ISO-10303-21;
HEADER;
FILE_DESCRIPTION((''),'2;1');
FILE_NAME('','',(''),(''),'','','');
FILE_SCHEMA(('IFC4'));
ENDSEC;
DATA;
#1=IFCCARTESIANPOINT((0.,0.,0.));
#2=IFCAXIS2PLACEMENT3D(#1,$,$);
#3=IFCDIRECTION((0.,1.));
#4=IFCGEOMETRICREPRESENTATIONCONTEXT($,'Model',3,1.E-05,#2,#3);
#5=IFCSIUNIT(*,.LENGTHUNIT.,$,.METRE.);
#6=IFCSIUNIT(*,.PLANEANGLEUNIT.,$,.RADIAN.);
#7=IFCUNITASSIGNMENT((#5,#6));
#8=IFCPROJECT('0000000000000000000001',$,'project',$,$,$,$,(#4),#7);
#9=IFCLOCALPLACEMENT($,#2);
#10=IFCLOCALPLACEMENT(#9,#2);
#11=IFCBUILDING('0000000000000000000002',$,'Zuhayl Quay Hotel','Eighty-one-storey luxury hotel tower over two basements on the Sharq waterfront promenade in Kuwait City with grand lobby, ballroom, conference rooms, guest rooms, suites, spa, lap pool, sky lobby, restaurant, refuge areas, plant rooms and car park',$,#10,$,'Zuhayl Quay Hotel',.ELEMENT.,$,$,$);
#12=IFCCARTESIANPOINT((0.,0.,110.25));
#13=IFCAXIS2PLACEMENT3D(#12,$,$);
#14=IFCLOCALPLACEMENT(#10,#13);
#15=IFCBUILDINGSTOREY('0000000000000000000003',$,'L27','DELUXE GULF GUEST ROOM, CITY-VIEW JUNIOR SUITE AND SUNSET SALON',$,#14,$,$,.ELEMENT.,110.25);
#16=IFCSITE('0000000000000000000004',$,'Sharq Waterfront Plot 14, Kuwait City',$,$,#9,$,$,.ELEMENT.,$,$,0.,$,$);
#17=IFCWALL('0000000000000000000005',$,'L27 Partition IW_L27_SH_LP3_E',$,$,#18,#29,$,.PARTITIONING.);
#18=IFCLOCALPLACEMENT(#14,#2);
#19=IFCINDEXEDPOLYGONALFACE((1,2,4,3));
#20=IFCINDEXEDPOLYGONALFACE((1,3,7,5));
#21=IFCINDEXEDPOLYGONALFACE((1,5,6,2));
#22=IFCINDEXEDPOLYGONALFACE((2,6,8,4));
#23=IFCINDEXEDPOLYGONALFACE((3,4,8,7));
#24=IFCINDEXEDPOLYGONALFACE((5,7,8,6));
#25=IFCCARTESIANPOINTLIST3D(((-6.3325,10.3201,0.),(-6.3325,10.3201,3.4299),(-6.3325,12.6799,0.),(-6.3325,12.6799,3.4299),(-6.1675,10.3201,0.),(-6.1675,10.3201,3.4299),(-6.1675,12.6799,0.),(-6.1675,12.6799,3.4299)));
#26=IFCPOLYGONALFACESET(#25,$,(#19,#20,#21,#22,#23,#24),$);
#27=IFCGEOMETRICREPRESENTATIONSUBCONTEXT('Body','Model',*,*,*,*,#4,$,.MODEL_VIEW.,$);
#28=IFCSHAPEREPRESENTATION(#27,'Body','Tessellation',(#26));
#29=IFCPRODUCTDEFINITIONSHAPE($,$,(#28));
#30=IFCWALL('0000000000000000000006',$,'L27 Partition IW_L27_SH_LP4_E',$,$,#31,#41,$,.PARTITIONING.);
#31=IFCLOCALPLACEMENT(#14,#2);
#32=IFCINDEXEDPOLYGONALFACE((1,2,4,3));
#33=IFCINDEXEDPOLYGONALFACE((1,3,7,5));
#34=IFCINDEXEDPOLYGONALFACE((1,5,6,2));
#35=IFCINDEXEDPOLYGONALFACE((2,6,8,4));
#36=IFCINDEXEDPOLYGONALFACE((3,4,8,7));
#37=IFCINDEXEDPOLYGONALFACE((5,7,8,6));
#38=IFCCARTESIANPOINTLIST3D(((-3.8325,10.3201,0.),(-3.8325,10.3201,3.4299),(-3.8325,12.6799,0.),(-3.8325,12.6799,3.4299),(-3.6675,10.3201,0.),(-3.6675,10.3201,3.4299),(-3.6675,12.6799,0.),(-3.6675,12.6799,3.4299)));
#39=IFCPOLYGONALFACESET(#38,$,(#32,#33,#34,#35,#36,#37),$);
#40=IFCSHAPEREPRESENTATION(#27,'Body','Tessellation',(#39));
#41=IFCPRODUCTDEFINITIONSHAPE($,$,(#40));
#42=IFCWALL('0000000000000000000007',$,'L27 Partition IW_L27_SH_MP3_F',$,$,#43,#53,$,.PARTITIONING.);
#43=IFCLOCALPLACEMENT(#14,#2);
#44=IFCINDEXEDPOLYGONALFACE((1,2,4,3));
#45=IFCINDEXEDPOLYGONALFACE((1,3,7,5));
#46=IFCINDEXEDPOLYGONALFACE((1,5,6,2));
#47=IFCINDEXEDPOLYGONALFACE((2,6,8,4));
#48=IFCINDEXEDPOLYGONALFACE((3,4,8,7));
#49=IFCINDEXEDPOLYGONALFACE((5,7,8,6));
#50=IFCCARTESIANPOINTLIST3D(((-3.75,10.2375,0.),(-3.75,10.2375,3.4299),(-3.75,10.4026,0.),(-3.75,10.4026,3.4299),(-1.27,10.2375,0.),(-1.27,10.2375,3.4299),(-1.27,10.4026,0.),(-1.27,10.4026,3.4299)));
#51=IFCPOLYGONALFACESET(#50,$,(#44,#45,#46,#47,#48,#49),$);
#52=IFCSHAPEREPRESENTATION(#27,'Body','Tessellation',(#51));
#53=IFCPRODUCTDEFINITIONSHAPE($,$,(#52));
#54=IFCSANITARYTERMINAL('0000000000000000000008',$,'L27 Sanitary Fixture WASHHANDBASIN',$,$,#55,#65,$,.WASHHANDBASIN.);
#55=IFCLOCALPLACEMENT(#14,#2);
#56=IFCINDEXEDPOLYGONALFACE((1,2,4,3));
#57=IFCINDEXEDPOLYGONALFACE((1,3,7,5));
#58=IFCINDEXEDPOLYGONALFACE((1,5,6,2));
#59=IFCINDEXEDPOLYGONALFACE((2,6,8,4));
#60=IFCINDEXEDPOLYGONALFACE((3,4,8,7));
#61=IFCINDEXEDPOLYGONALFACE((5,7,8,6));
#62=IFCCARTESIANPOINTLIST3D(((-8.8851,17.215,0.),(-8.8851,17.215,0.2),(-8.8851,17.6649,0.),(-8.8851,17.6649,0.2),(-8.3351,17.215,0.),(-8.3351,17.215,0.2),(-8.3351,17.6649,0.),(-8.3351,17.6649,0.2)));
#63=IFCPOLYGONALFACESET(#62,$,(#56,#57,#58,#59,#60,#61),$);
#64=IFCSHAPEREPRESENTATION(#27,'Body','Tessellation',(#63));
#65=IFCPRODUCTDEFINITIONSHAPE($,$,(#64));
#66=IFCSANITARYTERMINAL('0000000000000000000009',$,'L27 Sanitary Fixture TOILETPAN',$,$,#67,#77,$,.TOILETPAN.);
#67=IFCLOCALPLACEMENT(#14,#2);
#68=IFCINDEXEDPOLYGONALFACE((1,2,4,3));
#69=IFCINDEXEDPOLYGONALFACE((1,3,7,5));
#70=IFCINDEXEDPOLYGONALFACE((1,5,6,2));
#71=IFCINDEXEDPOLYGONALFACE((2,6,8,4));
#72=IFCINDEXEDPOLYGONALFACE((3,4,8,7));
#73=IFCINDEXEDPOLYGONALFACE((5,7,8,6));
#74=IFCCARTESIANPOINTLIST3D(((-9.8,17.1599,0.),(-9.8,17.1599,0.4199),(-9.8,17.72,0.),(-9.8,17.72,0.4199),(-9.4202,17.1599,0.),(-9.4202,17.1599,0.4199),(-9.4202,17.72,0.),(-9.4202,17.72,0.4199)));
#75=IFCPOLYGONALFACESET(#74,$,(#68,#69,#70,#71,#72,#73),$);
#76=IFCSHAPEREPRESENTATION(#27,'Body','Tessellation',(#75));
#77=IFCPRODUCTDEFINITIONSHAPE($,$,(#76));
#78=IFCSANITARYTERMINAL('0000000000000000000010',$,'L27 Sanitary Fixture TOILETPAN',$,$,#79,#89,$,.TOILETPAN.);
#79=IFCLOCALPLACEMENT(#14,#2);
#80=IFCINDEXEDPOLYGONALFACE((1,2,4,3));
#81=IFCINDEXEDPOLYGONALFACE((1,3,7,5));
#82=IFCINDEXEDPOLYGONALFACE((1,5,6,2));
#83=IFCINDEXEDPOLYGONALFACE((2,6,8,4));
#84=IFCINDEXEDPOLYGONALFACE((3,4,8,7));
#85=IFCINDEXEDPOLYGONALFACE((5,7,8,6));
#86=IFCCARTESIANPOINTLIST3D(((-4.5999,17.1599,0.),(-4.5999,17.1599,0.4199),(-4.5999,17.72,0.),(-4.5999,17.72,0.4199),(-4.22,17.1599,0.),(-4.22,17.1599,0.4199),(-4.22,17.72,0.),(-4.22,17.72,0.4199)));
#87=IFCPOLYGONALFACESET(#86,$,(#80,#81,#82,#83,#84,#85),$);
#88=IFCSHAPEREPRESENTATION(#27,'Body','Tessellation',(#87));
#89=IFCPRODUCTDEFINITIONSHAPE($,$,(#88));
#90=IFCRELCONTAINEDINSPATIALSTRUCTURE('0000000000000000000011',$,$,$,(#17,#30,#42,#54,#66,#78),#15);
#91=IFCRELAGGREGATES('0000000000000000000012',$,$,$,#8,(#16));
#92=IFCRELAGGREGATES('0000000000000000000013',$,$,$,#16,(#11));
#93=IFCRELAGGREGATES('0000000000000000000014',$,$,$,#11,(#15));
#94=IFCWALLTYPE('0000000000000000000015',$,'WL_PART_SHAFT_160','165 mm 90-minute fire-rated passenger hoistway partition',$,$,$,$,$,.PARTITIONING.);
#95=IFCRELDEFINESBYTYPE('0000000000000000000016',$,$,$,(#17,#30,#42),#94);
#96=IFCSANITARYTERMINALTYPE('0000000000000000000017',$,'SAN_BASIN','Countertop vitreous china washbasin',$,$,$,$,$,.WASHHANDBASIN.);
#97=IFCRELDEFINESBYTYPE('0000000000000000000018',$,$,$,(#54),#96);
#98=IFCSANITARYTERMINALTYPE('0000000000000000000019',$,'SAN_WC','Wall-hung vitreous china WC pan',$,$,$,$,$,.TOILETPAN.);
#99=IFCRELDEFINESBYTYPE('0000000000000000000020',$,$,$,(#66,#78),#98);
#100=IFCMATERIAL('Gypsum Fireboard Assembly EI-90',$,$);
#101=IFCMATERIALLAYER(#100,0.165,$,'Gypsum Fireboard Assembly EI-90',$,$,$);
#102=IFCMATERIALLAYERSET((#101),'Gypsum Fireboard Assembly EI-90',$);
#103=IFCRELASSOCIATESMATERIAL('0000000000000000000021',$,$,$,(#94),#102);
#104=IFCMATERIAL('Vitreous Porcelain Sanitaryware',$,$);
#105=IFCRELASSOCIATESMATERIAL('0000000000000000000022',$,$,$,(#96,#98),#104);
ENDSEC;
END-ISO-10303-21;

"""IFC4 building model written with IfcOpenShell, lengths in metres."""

from ifc_helpers import new_model, si_unit, direction, frame, frame_2d, origin, origin_2d, place, context, subcontext, project, spatial, rectangle, extrude, material, layer, layer_set, type_object, element, save


model = new_model("IFC4")

# Units and contexts
model_context = context("Model", 3, precision=1e-05, world=origin(), true_north=direction((0.0, 1.0)))
body_context = subcontext(model_context, "Body", "Model", "MODEL_VIEW")
ifc_project = project(units=[si_unit("LENGTHUNIT", "METRE"), si_unit("PLANEANGLEUNIT", "RADIAN")], contexts=[model_context])

# Site, building, storey
site_placement = place(None, origin())
site = spatial("IfcSite", under=ifc_project, at=site_placement, Name="Sharq Waterfront Plot 14, Kuwait City", CompositionType="ELEMENT", RefElevation=0.0)
building_placement = place(site_placement, origin())
building = spatial("IfcBuilding", under=site, at=building_placement, Name="Zuhayl Quay Hotel", Description="Eighty-one-storey luxury hotel tower over two basements on the Sharq waterfront promenade in Kuwait City with grand lobby, ballroom, conference rooms, guest rooms, suites, spa, lap pool, sky lobby, restaurant, refuge areas, plant rooms and car park", LongName="Zuhayl Quay Hotel", CompositionType="ELEMENT")
storey_placement = place(building_placement, frame((0.0, 0.0, 110.25)))
storey = spatial("IfcBuildingStorey", under=building, at=storey_placement, Name="L27", Description="DELUXE GULF GUEST ROOM, CITY-VIEW JUNIOR SUITE AND SUNSET SALON", CompositionType="ELEMENT", Elevation=110.25)

# Shared definitions
ifc_material_1 = material(Name="Gypsum Fireboard Assembly EI-90")
ifc_layer_1 = layer(ifc_material_1, 0.165, Name="Gypsum Fireboard Assembly EI-90")
ifc_layer_set_1 = layer_set([ifc_layer_1], Name="Gypsum Fireboard Assembly EI-90")
wall_type_1 = type_object("IfcWallType", Name="WL_PART_SHAFT_160", Description="165 mm 90-minute fire-rated passenger hoistway partition", PredefinedType="PARTITIONING", material=ifc_layer_set_1)

# Walls
for number, where, z_axis, x_axis, name in (
    (1, (-6.25, 10.3201, 0.0), (0.0, 0.0, 1.0), (0.0, 1.0, 0.0), "L27 Partition IW_L27_SH_LP3_E"),
    (2, (-3.75, 10.3201, 0.0), (0.0, 0.0, 1.0), (0.0, 1.0, 0.0), "L27 Partition IW_L27_SH_LP4_E"),
):
    element("IfcWall", number, at=place(storey_placement, frame(where, z_axis=z_axis, x_axis=x_axis)), inside=storey, type_object=wall_type_1, Name=name, PredefinedType="PARTITIONING", context=body_context, shape_type="SweptSolid", body=[
        extrude(rectangle(XDim=2.3599, YDim=0.165, at=frame_2d((1.1799, 0.0))), origin(), (0.0, 0.0, 1.0), 3.4299),
    ])
wall_1_placement = place(storey_placement, frame((-3.75, 10.3201, 0.0), z_axis=(0.0, 0.0, 1.0), x_axis=(1.0, 0.0, 0.0)))
element("IfcWall", 3, at=wall_1_placement, inside=storey, type_object=wall_type_1, Name="L27 Partition IW_L27_SH_MP3_F", PredefinedType="PARTITIONING", context=body_context, shape_type="SweptSolid", body=[
    extrude(rectangle(XDim=2.48, YDim=0.165, at=frame_2d((1.24, 0.0))), origin(), (0.0, 0.0, 1.0), 3.4299),
])

# Sanitary terminals
ifc_material_2 = material(Name="Vitreous Porcelain Sanitaryware")
sanitary_terminal_type_1 = type_object("IfcSanitaryTerminalType", Name="SAN_BASIN", Description="Countertop vitreous china washbasin", PredefinedType="WASHHANDBASIN", material=ifc_material_2)
sanitary_terminal_placement = place(storey_placement, frame((-8.6101, 17.4399, 0.0), z_axis=(0.0, 0.0, 1.0), x_axis=(1.0, 0.0, 0.0)))
element("IfcSanitaryTerminal", 4, at=sanitary_terminal_placement, inside=storey, type_object=sanitary_terminal_type_1, Name="L27 Sanitary Fixture WASHHANDBASIN", PredefinedType="WASHHANDBASIN", context=body_context, shape_type="SweptSolid", body=[
    extrude(rectangle(XDim=0.55, YDim=0.45, at=origin_2d()), origin(), (0.0, 0.0, 1.0), 0.2),
])
sanitary_terminal_type_2 = type_object("IfcSanitaryTerminalType", Name="SAN_WC", Description="Wall-hung vitreous china WC pan", PredefinedType="TOILETPAN", material=ifc_material_2)
for number, where, z_axis, x_axis, name in (
    (5, (-9.6101, 17.4399, 0.0), (0.0, 0.0, 1.0), (1.0, 0.0, 0.0), "L27 Sanitary Fixture TOILETPAN"),
    (6, (-4.4099, 17.4399, 0.0), (0.0, 0.0, 1.0), (1.0, 0.0, 0.0), "L27 Sanitary Fixture TOILETPAN"),
):
    element("IfcSanitaryTerminal", number, at=place(storey_placement, frame(where, z_axis=z_axis, x_axis=x_axis)), inside=storey, type_object=sanitary_terminal_type_2, Name=name, PredefinedType="TOILETPAN", context=body_context, shape_type="SweptSolid", body=[
        extrude(rectangle(XDim=0.3799, YDim=0.5601, at=origin_2d()), origin(), (0.0, 0.0, 1.0), 0.4199),
    ])

save(model, "model.ifc")
